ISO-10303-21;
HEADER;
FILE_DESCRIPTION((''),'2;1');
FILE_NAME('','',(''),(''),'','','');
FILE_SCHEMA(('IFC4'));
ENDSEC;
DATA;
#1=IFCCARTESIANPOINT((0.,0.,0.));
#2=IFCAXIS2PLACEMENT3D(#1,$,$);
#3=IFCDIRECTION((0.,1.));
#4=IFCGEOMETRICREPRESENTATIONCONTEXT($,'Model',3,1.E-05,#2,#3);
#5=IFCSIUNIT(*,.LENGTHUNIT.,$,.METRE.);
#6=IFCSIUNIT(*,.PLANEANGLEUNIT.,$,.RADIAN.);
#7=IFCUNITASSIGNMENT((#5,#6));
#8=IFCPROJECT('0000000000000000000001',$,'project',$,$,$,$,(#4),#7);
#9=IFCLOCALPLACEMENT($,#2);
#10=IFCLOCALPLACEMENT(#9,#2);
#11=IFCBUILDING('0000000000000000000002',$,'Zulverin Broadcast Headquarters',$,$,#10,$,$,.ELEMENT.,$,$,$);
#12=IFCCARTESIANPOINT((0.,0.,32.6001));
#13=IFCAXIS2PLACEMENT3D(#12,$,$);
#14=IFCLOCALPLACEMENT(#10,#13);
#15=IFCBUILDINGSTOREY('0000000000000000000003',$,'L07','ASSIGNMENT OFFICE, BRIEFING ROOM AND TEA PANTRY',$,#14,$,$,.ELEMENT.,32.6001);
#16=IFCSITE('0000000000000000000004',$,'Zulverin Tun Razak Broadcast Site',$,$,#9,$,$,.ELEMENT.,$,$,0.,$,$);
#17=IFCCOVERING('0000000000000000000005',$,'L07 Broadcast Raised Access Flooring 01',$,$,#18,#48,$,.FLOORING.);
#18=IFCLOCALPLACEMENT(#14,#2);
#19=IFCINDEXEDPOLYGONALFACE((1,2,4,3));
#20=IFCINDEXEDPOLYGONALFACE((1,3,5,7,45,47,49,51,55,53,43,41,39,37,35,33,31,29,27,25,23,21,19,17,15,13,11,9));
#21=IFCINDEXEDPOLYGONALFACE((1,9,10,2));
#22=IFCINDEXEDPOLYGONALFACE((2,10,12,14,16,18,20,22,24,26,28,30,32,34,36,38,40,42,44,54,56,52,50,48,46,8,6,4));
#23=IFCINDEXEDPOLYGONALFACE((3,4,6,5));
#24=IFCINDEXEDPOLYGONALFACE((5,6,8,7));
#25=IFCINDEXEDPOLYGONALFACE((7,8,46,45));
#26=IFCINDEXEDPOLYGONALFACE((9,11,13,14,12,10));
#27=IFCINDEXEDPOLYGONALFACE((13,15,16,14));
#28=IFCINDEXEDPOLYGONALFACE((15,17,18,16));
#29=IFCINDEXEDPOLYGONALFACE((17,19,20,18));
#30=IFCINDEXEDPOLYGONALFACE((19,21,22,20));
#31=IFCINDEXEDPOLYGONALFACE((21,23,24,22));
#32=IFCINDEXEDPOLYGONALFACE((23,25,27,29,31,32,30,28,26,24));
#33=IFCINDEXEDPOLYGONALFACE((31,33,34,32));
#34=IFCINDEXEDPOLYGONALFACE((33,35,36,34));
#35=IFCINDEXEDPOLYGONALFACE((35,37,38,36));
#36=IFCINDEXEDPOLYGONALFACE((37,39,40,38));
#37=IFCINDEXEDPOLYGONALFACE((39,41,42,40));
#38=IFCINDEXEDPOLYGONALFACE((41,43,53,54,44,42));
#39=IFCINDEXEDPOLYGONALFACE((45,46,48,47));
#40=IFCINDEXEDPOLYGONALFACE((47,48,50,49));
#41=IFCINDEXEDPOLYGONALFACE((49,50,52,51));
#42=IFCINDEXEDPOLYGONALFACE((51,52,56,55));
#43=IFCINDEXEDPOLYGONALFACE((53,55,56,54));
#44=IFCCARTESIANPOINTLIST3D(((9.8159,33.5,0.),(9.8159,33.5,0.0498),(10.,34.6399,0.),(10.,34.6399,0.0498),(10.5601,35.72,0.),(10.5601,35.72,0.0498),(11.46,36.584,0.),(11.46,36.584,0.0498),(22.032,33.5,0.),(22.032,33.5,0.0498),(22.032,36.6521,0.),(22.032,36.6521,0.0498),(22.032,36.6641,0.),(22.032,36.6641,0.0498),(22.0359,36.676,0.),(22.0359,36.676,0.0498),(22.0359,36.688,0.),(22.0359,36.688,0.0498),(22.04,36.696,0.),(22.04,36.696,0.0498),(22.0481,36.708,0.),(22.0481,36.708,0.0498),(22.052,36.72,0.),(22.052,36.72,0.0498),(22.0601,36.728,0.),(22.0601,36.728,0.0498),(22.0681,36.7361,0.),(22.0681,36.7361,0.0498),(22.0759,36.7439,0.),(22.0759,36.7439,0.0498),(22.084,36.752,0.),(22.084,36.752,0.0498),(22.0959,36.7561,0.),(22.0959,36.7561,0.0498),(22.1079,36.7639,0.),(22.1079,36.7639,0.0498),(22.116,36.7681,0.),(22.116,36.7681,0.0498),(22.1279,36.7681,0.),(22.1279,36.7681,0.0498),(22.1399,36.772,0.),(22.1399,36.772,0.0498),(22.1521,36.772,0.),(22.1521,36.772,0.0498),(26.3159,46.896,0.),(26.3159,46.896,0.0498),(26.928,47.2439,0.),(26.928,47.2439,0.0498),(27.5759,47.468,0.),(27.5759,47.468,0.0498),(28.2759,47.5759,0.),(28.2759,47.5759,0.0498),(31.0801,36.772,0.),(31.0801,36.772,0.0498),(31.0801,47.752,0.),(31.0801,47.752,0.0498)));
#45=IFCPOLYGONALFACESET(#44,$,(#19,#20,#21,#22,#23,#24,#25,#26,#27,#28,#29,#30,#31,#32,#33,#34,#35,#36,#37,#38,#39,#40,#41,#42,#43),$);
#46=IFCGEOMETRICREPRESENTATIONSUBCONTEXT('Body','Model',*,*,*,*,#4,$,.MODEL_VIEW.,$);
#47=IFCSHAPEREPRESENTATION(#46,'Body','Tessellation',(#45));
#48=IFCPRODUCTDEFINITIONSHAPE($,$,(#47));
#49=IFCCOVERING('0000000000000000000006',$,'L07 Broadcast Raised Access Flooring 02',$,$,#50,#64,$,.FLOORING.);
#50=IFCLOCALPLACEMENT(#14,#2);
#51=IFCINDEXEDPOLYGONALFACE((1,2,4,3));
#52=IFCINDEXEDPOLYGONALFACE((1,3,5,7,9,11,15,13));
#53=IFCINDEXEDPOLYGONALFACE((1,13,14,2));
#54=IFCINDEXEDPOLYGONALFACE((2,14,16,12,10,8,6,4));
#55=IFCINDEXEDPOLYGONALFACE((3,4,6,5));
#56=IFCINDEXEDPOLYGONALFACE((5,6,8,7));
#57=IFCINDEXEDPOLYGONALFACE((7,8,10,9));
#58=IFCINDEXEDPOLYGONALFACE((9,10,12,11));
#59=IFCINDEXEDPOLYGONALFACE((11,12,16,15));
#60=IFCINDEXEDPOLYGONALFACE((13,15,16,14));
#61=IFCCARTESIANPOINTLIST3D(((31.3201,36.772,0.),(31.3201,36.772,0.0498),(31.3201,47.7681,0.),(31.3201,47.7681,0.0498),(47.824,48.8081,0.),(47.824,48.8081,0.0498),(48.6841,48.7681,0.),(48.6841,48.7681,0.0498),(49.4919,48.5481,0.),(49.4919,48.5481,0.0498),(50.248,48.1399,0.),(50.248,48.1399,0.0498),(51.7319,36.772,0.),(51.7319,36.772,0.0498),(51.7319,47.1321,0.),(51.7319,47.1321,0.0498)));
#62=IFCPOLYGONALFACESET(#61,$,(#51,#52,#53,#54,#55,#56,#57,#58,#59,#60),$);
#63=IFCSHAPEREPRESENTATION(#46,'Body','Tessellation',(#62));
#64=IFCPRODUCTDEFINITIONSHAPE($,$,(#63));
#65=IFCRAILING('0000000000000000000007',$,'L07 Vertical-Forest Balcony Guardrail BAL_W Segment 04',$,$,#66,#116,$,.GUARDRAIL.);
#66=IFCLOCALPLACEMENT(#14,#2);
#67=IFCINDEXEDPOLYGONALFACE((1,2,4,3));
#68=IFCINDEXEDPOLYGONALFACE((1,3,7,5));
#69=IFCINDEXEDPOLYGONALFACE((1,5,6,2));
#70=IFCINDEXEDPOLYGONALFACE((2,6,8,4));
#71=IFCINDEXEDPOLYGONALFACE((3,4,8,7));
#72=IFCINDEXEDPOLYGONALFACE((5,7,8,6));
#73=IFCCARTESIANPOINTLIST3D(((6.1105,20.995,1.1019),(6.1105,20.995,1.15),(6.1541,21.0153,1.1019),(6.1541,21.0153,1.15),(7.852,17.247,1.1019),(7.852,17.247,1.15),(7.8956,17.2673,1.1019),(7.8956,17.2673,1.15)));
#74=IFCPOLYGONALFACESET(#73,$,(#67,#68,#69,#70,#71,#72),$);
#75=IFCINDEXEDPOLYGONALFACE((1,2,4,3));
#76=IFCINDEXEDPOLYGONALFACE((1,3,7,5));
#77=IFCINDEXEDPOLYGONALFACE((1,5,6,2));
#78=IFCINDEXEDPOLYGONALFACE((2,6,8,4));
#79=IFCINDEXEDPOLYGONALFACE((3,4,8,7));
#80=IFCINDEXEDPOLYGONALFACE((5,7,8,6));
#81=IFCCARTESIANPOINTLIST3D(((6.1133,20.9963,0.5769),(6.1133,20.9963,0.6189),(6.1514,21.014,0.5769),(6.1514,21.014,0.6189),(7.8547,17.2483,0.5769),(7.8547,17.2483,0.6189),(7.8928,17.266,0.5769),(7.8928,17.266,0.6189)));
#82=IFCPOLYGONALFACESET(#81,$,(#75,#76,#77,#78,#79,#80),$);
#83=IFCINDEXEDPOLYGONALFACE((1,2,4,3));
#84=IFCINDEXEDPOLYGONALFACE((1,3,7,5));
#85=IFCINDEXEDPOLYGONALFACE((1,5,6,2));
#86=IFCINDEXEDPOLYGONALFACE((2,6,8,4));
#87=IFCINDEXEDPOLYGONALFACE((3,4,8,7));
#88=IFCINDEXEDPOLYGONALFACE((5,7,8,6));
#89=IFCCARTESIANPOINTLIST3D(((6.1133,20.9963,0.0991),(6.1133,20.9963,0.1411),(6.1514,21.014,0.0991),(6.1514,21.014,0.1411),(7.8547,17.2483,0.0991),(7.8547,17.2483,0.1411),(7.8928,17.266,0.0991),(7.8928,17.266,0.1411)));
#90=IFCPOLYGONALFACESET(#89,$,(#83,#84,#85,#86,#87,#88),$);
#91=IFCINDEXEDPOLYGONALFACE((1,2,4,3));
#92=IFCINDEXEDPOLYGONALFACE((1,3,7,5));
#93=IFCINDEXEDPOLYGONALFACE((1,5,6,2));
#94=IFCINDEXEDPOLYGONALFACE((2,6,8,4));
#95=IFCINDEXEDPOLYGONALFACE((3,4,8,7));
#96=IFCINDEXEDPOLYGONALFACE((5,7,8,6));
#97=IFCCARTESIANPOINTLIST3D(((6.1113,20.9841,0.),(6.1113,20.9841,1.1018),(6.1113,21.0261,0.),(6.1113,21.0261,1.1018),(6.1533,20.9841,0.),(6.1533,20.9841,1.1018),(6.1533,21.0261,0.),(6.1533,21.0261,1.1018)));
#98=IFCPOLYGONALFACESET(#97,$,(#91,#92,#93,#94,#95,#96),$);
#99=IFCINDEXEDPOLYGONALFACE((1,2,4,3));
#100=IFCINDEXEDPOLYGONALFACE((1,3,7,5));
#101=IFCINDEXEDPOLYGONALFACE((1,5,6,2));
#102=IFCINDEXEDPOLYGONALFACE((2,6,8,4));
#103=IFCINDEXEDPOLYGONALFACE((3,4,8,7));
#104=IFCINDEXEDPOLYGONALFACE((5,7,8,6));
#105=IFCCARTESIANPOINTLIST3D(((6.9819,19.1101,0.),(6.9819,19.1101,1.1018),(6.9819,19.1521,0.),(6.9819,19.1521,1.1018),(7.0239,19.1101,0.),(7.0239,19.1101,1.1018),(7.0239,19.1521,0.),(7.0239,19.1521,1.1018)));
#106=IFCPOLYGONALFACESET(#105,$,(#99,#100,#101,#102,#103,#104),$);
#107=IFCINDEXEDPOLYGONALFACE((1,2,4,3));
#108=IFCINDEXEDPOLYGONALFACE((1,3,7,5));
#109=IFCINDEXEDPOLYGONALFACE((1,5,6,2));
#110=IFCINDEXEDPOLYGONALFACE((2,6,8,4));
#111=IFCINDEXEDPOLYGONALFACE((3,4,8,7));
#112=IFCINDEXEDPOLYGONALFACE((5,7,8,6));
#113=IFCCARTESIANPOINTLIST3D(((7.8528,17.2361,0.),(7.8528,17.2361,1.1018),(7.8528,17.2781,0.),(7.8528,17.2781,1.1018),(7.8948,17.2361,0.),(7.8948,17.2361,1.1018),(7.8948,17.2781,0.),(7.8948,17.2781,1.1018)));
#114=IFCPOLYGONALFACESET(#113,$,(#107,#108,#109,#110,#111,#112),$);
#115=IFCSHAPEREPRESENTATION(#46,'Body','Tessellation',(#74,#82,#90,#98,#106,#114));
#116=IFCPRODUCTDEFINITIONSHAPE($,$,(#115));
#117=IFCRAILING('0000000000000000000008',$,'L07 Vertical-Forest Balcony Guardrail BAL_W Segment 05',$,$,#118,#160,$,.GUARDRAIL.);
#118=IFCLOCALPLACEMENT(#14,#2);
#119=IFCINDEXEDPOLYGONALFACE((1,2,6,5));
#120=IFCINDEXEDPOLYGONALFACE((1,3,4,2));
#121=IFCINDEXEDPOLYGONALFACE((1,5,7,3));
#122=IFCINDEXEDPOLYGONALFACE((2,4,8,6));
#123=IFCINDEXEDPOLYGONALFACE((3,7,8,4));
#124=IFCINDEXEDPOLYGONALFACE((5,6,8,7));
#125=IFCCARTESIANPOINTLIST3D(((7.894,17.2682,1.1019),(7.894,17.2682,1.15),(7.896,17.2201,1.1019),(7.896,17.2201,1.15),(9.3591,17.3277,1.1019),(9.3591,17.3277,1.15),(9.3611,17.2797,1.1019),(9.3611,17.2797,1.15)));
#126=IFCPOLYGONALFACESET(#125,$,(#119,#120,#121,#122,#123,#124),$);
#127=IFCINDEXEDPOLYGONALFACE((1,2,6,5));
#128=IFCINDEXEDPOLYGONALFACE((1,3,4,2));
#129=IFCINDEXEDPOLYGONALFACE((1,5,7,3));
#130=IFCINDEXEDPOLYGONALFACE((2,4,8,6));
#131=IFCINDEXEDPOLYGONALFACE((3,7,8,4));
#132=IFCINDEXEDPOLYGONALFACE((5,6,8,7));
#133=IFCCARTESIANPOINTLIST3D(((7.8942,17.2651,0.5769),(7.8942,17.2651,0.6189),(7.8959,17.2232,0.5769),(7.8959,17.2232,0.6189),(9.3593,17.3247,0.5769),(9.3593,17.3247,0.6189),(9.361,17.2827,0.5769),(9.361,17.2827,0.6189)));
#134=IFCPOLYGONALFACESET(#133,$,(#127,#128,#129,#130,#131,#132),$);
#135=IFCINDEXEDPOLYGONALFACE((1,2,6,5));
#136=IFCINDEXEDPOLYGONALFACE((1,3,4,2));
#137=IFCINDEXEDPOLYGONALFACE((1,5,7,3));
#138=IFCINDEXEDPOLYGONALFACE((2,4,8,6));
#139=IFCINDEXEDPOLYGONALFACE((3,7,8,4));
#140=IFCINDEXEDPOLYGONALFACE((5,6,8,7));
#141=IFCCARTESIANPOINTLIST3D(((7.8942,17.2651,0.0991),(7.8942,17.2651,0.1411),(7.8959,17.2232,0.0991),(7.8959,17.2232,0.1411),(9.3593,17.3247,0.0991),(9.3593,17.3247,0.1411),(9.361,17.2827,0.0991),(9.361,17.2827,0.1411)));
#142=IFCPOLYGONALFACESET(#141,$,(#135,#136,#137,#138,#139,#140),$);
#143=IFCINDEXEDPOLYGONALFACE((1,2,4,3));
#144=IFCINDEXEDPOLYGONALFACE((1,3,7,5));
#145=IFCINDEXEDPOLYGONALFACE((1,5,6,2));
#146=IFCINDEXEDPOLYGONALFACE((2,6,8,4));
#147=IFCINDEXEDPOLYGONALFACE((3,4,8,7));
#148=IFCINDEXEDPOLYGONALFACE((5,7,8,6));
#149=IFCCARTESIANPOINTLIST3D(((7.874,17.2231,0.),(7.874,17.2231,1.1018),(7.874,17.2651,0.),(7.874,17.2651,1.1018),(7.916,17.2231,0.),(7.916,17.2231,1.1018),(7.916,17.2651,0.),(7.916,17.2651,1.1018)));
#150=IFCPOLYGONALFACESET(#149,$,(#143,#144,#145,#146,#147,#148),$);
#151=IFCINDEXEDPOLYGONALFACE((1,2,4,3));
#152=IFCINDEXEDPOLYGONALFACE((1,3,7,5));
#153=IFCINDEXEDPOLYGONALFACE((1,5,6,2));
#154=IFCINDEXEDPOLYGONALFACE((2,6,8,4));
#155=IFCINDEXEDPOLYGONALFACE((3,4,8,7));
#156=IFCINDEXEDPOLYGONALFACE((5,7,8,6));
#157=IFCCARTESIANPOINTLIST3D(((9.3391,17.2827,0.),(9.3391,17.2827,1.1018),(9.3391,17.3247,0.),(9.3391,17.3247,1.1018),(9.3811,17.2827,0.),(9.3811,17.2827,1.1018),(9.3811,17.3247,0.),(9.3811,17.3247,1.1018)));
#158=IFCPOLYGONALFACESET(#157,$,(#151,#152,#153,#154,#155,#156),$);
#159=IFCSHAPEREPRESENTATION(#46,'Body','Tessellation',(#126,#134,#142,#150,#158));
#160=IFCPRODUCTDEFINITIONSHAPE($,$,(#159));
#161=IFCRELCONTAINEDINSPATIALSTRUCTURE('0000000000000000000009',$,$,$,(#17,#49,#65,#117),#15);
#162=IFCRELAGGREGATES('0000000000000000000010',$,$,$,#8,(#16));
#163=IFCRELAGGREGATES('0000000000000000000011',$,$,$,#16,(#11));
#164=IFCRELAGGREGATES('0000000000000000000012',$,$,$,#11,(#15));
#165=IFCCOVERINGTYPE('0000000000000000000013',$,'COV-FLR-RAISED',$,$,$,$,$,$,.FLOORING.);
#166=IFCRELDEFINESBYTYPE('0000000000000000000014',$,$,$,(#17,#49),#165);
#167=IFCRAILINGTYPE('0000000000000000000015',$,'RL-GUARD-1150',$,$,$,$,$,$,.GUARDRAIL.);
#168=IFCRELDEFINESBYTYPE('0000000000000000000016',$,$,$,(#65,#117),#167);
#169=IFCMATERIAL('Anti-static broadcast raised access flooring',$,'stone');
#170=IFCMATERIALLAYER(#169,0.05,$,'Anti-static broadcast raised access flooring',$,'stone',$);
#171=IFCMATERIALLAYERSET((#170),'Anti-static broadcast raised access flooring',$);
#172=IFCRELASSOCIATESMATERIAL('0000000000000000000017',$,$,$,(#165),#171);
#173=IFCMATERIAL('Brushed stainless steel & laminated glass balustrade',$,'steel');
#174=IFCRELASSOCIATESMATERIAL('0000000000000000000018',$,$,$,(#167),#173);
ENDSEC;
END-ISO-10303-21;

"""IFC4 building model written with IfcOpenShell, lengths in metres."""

from ifc_helpers import new_model, si_unit, direction, frame, origin, origin_2d, place, context, subcontext, project, spatial, polyline, rectangle, outline, extrude, material, layer, layer_set, type_object, element, save


model = new_model("IFC4")

# Units and contexts
model_context = context("Model", 3, precision=1e-05, world=origin(), true_north=direction((0.0, 1.0)))
body_context = subcontext(model_context, "Body", "Model", "MODEL_VIEW")
ifc_project = project(units=[si_unit("LENGTHUNIT", "METRE"), si_unit("PLANEANGLEUNIT", "RADIAN")], contexts=[model_context])

# Site, building, storey
site_placement = place(None, origin())
site = spatial("IfcSite", under=ifc_project, at=site_placement, Name="Zulverin Tun Razak Broadcast Site", CompositionType="ELEMENT", RefElevation=0.0)
building_placement = place(site_placement, origin())
building = spatial("IfcBuilding", under=site, at=building_placement, Name="Zulverin Broadcast Headquarters", CompositionType="ELEMENT")
storey_placement = place(building_placement, frame((0.0, 0.0, 32.6001)))
storey = spatial("IfcBuildingStorey", under=building, at=storey_placement, Name="L07", Description="ASSIGNMENT OFFICE, BRIEFING ROOM AND TEA PANTRY", CompositionType="ELEMENT", Elevation=32.6001)

# Coverings
ifc_material_1 = material(Name="Anti-static broadcast raised access flooring", Category="stone")
ifc_layer_1 = layer(ifc_material_1, 0.05, Name="Anti-static broadcast raised access flooring", Category="stone")
ifc_layer_set_1 = layer_set([ifc_layer_1], Name="Anti-static broadcast raised access flooring")
covering_type_1 = type_object("IfcCoveringType", Name="COV-FLR-RAISED", PredefinedType="FLOORING", material=ifc_layer_set_1)
covering_1_placement = place(storey_placement, origin())
element("IfcCovering", 1, at=covering_1_placement, inside=storey, type_object=covering_type_1, Name="L07 Broadcast Raised Access Flooring 01", PredefinedType="FLOORING", context=body_context, shape_type="SweptSolid", body=[
    extrude(outline(polyline([(11.46, 36.584), (10.5601, 35.72), (10.0, 34.6399), (9.8159, 33.5), (22.032, 33.5), (22.032, 36.6521), (22.032, 36.6641), (22.0359, 36.676), (22.0359, 36.688), (22.04, 36.696), (22.0481, 36.708), (22.052, 36.72), (22.0601, 36.728), (22.0681, 36.7361), (22.0759, 36.7439), (22.084, 36.752), (22.0959, 36.7561), (22.1079, 36.7639), (22.116, 36.7681), (22.1279, 36.7681), (22.1399, 36.772), (22.1521, 36.772), (31.0801, 36.772), (31.0801, 47.752), (28.2759, 47.5759), (27.5759, 47.468), (26.928, 47.2439), (26.3159, 46.896), (11.46, 36.584)])), origin(), (0.0, 0.0, 1.0), 0.0498),
])
covering_2_placement = place(storey_placement, origin())
element("IfcCovering", 2, at=covering_2_placement, inside=storey, type_object=covering_type_1, Name="L07 Broadcast Raised Access Flooring 02", PredefinedType="FLOORING", context=body_context, shape_type="SweptSolid", body=[
    extrude(outline(polyline([(51.7319, 36.772), (51.7319, 47.1321), (50.248, 48.1399), (49.4919, 48.5481), (48.6841, 48.7681), (47.824, 48.8081), (31.3201, 47.7681), (31.3201, 36.772), (51.7319, 36.772)])), origin(), (0.0, 0.0, 1.0), 0.0498),
])

# Railings
ifc_material_2 = material(Name="Brushed stainless steel & laminated glass balustrade", Category="steel")
railing_type = type_object("IfcRailingType", Name="RL-GUARD-1150", PredefinedType="GUARDRAIL", material=ifc_material_2)
railing_1_placement = place(storey_placement, frame((6.1323, 21.0051, 0.0)))
element("IfcRailing", 3, at=railing_1_placement, inside=storey, type_object=railing_type, Name="L07 Vertical-Forest Balcony Guardrail BAL_W Segment 04", PredefinedType="GUARDRAIL", context=body_context, shape_type="SweptSolid", body=[
    extrude(rectangle(XDim=0.0481, YDim=0.0481, at=origin_2d()), frame((0.0, 0.0, 1.126), z_axis=(0.421368, -0.90689, 0.0), x_axis=(0.90689, 0.421368, 0.0)), (0.0, 0.0, 1.0), 4.1328),
    extrude(rectangle(XDim=0.042, YDim=0.042, at=origin_2d()), frame((0.0, 0.0, 0.5979), z_axis=(0.421368, -0.90689, 0.0), x_axis=(0.90689, 0.421368, 0.0)), (0.0, 0.0, 1.0), 4.1328),
    extrude(rectangle(XDim=0.042, YDim=0.042, at=origin_2d()), frame((0.0, 0.0, 0.1201), z_axis=(0.421368, -0.90689, 0.0), x_axis=(0.90689, 0.421368, 0.0)), (0.0, 0.0, 1.0), 4.1328),
    extrude(rectangle(XDim=0.042, YDim=0.042, at=origin_2d()), origin(), (0.0, 0.0, 1.0), 1.1018),
    extrude(rectangle(XDim=0.042, YDim=0.042, at=origin_2d()), frame((0.8706, -1.874, 0.0)), (0.0, 0.0, 1.0), 1.1018),
    extrude(rectangle(XDim=0.042, YDim=0.042, at=origin_2d()), frame((1.7415, -3.748, 0.0)), (0.0, 0.0, 1.0), 1.1018),
])
railing_2_placement = place(storey_placement, frame((7.895, 17.2441, 0.0)))
element("IfcRailing", 4, at=railing_2_placement, inside=storey, type_object=railing_type, Name="L07 Vertical-Forest Balcony Guardrail BAL_W Segment 05", PredefinedType="GUARDRAIL", context=body_context, shape_type="SweptSolid", body=[
    extrude(rectangle(XDim=0.0481, YDim=0.0481, at=origin_2d()), frame((0.0, 0.0, 1.126), z_axis=(0.999174, 0.040626, 0.0), x_axis=(-0.040626, 0.999174, 0.0)), (0.0, 0.0, 1.0), 1.4663),
    extrude(rectangle(XDim=0.042, YDim=0.042, at=origin_2d()), frame((0.0, 0.0, 0.5979), z_axis=(0.999174, 0.040626, 0.0), x_axis=(-0.040626, 0.999174, 0.0)), (0.0, 0.0, 1.0), 1.4663),
    extrude(rectangle(XDim=0.042, YDim=0.042, at=origin_2d()), frame((0.0, 0.0, 0.1201), z_axis=(0.999174, 0.040626, 0.0), x_axis=(-0.040626, 0.999174, 0.0)), (0.0, 0.0, 1.0), 1.4663),
    extrude(rectangle(XDim=0.042, YDim=0.042, at=origin_2d()), origin(), (0.0, 0.0, 1.0), 1.1018),
    extrude(rectangle(XDim=0.042, YDim=0.042, at=origin_2d()), frame((1.4651, 0.0596, 0.0)), (0.0, 0.0, 1.0), 1.1018),
])

save(model, "model.ifc")
